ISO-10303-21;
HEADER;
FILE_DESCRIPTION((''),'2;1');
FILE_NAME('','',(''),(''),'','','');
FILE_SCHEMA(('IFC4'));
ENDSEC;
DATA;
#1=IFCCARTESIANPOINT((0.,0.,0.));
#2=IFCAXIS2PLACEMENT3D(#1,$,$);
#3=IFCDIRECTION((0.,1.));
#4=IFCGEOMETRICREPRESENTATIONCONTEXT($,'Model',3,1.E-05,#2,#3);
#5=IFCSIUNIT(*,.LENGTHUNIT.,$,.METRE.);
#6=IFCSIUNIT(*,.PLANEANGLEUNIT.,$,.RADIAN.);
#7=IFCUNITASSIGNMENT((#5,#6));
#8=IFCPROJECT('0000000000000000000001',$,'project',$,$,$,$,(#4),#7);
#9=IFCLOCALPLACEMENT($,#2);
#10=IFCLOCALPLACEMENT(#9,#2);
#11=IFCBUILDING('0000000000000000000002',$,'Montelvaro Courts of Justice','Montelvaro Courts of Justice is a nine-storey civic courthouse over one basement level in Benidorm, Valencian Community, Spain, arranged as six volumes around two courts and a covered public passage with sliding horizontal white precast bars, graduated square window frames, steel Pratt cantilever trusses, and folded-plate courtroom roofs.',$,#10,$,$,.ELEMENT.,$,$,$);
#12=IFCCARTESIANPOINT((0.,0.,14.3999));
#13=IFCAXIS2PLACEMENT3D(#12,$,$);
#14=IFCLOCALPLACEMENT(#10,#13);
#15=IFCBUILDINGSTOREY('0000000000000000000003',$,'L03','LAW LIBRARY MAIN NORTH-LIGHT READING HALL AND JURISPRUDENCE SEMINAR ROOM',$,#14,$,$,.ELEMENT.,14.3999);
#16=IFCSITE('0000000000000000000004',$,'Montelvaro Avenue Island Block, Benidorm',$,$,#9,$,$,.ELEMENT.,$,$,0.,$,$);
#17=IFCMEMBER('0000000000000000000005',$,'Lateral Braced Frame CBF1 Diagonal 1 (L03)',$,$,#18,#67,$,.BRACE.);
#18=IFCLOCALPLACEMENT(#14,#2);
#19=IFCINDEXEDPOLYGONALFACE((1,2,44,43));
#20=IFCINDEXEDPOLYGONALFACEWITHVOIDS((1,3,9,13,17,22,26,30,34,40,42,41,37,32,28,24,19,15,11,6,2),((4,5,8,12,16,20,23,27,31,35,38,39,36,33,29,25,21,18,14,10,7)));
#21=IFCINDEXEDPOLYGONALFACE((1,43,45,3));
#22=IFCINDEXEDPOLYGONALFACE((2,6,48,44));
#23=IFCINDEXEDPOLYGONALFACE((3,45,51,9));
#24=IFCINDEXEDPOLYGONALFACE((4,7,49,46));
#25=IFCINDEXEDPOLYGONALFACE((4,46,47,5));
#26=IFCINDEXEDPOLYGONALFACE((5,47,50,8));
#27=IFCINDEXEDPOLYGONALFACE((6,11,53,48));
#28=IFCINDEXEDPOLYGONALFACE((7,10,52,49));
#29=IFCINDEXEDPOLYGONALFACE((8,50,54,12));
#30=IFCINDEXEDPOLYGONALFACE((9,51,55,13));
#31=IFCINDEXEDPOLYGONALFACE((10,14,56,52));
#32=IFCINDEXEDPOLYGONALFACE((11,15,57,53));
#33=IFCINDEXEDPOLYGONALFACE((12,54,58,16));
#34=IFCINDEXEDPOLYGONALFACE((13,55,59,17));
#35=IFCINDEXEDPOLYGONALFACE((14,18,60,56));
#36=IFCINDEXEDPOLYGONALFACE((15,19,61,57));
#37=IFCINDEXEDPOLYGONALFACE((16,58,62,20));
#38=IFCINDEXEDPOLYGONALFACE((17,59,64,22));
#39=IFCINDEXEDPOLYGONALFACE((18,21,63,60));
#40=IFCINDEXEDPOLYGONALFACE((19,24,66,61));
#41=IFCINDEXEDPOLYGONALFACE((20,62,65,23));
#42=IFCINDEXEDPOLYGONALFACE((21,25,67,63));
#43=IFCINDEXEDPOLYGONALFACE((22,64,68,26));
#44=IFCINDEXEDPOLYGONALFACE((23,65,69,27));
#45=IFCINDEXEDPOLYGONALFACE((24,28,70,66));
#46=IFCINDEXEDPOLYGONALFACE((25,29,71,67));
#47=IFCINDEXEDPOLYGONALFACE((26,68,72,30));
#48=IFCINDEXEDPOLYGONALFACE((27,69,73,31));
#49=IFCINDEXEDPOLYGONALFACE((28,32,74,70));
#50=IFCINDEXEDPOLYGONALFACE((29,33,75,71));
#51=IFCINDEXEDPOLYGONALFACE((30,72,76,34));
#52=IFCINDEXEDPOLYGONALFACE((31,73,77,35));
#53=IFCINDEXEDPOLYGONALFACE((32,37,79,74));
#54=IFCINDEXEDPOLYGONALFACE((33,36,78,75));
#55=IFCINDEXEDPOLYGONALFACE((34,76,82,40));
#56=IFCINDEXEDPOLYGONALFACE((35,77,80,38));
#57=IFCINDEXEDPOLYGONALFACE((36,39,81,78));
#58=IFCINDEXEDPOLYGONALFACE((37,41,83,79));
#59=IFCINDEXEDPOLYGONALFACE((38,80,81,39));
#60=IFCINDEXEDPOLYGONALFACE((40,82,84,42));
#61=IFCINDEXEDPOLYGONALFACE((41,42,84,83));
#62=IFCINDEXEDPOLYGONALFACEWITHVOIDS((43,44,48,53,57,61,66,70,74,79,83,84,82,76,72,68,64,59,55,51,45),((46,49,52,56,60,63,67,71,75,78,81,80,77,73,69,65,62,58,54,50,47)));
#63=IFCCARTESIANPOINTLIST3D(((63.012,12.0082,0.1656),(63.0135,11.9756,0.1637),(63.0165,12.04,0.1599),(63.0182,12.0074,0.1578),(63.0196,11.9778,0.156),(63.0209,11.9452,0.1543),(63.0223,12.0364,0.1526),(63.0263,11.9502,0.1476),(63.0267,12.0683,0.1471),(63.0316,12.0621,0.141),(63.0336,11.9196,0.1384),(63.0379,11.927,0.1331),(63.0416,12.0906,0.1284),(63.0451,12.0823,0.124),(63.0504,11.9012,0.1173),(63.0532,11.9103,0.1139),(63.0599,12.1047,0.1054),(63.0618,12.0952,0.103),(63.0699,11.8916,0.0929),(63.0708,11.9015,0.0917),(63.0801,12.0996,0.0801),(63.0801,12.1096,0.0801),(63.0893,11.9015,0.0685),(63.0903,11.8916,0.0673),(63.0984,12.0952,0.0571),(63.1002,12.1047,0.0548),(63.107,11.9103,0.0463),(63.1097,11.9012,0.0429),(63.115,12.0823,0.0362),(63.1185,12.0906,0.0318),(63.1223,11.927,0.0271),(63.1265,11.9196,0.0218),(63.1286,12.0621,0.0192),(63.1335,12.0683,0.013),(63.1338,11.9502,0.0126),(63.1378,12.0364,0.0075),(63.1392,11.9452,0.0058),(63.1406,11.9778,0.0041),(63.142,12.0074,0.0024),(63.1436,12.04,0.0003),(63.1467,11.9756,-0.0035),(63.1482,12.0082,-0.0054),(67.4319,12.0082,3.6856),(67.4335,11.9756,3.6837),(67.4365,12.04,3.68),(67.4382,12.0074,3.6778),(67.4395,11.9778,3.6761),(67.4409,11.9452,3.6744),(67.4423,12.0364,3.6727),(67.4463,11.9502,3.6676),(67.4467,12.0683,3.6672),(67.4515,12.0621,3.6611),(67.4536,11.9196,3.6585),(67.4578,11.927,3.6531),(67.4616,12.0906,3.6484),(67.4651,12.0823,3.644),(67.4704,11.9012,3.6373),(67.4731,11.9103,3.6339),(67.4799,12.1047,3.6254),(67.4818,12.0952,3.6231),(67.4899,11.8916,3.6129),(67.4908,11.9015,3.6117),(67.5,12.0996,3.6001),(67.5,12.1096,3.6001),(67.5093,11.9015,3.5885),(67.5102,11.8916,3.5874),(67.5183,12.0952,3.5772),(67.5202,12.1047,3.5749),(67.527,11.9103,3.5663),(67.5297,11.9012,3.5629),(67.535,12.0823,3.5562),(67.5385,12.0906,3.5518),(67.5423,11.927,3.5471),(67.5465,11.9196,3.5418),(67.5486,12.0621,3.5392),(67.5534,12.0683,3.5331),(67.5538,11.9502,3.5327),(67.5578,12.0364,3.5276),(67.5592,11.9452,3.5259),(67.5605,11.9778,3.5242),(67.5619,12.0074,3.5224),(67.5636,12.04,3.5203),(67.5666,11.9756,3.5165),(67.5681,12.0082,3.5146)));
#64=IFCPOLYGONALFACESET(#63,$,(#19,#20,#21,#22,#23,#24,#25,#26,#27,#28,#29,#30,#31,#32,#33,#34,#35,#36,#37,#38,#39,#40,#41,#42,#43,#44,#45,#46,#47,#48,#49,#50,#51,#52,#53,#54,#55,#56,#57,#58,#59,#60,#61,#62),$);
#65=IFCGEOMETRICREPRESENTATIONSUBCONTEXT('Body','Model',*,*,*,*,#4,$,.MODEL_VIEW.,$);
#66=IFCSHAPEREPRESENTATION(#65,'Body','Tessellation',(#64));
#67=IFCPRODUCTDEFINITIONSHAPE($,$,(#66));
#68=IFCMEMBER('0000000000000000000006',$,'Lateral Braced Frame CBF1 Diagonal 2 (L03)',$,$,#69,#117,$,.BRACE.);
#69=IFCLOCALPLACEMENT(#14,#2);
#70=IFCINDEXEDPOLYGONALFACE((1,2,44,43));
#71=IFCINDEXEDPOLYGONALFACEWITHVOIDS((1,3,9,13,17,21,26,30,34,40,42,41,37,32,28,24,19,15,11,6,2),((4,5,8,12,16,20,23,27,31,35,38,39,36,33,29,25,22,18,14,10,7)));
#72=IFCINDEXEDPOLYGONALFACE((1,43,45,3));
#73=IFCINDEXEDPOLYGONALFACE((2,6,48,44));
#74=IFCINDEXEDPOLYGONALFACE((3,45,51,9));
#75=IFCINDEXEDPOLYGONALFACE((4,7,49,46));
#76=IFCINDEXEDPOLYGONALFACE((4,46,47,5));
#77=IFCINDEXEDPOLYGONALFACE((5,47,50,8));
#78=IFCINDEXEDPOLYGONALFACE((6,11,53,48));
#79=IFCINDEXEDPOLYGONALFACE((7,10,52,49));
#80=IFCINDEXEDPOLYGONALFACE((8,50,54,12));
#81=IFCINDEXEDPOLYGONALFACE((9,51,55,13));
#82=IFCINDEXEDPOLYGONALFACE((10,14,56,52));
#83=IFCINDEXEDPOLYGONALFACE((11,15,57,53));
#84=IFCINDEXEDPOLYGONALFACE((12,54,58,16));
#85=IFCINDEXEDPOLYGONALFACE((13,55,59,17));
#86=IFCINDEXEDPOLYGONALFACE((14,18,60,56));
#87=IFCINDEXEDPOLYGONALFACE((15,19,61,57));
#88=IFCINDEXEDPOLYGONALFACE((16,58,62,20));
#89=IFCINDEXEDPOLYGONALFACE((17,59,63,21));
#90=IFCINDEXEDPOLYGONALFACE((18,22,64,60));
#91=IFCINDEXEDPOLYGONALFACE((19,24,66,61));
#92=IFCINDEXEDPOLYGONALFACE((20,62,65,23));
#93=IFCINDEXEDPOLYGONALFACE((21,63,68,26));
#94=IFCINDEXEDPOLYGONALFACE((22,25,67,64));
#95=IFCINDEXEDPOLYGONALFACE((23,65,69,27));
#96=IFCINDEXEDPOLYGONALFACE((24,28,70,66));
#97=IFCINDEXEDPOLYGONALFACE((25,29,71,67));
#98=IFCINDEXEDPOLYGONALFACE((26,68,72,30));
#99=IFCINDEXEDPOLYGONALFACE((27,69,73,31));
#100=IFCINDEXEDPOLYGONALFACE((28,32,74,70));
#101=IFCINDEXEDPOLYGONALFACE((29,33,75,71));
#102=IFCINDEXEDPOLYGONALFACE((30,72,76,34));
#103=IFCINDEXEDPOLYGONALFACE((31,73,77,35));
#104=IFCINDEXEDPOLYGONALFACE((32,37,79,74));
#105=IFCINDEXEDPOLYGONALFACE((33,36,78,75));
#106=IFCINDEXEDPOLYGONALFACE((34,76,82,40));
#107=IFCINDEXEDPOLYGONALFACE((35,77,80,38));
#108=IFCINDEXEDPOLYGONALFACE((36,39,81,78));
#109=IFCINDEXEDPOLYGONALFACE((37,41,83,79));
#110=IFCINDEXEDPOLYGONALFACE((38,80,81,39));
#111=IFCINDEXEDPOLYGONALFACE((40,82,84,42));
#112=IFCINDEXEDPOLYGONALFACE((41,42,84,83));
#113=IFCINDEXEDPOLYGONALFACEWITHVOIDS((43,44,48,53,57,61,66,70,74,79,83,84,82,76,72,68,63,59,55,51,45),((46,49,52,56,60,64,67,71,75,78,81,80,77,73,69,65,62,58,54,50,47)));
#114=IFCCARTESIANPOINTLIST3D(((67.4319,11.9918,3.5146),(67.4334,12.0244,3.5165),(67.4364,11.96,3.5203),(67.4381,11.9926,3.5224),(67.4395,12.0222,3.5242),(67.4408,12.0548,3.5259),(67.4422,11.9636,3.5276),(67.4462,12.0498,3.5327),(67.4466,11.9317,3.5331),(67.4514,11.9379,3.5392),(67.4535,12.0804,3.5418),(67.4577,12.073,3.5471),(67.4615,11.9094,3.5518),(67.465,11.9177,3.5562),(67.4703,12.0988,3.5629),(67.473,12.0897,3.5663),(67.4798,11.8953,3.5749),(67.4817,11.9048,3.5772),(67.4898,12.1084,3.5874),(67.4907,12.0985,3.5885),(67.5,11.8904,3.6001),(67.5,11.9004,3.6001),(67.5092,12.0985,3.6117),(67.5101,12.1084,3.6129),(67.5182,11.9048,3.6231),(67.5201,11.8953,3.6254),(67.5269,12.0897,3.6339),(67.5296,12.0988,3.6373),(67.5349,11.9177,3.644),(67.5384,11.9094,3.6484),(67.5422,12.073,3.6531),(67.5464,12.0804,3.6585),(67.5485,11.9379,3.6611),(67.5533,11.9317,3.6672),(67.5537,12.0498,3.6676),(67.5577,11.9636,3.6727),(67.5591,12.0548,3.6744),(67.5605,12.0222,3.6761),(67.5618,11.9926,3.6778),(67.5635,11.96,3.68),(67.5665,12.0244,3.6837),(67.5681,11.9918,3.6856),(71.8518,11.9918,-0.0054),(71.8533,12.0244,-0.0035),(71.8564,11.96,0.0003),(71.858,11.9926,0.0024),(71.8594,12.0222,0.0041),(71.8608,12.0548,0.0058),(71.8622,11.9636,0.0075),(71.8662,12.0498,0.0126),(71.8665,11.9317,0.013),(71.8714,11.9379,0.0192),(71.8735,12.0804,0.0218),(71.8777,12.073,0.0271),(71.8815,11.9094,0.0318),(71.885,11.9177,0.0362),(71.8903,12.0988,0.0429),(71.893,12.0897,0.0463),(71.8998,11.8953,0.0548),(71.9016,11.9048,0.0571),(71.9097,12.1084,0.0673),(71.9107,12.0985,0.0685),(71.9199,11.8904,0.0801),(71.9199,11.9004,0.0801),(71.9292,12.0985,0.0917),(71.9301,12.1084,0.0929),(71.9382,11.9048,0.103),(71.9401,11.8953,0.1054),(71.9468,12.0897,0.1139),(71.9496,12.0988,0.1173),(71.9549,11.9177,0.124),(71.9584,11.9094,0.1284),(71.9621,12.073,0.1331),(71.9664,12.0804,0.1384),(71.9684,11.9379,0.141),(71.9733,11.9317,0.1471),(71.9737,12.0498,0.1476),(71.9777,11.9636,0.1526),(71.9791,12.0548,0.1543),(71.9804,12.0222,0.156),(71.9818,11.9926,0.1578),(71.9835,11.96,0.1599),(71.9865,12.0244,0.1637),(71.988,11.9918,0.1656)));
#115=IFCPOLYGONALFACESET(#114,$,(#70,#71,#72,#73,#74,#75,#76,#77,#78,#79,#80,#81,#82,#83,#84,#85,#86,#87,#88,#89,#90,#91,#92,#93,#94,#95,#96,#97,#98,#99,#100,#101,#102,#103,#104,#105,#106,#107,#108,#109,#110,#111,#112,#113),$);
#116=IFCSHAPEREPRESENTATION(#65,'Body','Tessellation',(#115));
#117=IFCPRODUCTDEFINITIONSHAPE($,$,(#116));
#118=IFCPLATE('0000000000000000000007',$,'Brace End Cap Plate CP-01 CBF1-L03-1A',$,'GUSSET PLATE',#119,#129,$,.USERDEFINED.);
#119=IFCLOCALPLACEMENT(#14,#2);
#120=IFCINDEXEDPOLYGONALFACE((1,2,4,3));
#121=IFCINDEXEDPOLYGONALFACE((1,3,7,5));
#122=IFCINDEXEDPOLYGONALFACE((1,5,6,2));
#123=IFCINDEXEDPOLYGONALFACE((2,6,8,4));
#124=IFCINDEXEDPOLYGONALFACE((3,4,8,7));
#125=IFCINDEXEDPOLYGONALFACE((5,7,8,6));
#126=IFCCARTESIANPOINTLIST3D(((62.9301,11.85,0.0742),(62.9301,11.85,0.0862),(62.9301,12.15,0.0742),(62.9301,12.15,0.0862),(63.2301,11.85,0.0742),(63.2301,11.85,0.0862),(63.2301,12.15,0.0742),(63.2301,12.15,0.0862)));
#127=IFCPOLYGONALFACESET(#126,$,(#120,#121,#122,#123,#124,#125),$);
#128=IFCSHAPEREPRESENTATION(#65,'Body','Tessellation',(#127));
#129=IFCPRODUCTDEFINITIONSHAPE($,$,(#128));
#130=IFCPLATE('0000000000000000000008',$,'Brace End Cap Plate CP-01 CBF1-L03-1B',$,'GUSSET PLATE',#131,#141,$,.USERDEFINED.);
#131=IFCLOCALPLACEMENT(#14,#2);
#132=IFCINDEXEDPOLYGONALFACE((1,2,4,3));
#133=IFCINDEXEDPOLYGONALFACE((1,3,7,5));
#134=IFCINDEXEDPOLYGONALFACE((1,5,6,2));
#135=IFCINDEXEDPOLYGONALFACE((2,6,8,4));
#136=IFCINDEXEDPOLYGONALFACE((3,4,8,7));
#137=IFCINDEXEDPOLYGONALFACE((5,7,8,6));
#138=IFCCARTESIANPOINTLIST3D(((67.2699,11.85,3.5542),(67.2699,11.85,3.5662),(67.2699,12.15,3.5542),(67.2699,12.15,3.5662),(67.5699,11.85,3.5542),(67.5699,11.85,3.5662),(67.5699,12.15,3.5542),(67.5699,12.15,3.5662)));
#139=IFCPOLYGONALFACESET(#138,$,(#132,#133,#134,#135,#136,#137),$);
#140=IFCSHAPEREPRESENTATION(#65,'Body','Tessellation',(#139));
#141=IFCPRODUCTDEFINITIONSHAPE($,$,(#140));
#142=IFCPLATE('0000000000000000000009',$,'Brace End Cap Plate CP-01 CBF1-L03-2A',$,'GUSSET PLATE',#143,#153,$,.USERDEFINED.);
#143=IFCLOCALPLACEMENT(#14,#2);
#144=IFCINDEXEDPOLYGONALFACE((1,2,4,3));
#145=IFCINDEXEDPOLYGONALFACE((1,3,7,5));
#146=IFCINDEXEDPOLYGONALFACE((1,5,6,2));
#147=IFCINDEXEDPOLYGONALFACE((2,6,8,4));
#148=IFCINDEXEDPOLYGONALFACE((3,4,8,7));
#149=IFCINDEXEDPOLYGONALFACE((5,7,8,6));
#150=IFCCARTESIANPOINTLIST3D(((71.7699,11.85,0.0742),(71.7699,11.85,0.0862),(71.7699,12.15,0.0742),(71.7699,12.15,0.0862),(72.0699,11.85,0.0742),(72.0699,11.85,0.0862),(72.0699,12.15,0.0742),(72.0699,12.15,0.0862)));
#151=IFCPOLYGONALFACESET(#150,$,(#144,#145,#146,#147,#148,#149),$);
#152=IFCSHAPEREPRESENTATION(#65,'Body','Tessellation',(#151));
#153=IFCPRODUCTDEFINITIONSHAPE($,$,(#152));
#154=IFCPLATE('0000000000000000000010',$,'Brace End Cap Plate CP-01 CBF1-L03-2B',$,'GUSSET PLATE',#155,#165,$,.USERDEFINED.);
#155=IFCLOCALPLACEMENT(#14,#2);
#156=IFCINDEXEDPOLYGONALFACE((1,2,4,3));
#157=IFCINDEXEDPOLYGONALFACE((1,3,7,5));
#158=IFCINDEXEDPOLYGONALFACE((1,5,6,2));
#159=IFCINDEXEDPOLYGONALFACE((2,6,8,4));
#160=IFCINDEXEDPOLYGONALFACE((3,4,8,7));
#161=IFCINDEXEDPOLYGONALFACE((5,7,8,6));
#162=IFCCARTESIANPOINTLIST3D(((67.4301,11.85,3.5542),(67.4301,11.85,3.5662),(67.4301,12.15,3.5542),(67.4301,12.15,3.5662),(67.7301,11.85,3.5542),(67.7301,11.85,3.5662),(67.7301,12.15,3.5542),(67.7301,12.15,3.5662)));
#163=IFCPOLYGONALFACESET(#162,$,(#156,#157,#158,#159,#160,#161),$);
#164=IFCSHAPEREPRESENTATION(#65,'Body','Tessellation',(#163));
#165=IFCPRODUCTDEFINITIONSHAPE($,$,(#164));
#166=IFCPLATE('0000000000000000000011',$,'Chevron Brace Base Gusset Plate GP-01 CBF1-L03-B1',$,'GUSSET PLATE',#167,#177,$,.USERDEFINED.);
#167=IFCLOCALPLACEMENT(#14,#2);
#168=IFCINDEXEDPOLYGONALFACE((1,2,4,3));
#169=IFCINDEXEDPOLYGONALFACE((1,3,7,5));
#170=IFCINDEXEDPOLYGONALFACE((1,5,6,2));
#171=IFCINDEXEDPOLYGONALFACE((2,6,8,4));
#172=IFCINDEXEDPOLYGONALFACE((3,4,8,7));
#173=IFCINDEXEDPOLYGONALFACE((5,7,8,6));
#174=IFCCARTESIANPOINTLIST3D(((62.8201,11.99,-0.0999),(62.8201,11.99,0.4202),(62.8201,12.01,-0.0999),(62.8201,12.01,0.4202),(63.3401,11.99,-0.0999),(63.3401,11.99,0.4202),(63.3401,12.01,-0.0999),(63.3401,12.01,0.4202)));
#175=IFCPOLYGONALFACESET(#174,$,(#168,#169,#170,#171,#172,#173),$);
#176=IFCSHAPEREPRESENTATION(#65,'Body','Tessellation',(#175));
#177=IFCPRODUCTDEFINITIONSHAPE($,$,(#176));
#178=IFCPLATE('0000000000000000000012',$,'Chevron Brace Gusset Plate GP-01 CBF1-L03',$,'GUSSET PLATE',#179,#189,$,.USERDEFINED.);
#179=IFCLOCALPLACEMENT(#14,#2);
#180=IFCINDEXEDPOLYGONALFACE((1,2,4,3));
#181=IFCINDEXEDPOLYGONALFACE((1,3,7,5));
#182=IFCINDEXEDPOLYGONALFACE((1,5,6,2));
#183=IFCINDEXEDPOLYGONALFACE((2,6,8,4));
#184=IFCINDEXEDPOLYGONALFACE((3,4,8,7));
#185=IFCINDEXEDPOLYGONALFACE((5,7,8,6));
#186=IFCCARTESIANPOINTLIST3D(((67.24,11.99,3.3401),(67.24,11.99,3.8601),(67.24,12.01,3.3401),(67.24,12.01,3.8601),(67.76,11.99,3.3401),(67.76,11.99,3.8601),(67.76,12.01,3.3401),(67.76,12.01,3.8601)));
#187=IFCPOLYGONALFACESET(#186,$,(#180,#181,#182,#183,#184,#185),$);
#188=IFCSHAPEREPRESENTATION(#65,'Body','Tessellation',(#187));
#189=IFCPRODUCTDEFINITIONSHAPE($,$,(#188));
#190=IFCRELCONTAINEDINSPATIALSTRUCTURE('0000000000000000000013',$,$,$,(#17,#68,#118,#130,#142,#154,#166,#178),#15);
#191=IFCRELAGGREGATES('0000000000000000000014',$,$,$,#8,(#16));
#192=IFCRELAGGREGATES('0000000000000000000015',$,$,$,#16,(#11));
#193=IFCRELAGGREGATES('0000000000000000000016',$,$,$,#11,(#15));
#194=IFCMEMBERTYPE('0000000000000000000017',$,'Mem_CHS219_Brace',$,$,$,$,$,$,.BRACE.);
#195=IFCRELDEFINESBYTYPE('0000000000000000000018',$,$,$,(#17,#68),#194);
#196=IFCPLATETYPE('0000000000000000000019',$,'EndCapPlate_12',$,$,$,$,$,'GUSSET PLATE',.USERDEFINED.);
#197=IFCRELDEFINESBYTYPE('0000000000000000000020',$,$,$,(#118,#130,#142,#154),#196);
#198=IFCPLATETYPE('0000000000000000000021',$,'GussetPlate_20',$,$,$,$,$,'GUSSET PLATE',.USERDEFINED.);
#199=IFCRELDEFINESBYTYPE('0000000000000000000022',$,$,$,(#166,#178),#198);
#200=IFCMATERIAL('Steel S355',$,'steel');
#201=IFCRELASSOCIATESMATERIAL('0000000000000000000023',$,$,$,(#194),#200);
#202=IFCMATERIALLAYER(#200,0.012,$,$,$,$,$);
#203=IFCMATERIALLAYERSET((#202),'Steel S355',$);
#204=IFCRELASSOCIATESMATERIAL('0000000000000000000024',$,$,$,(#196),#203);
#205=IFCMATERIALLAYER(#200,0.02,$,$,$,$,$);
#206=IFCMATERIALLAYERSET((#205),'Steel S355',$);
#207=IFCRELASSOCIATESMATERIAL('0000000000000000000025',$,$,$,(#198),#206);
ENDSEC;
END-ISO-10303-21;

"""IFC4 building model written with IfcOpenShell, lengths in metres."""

from ifc_helpers import new_model, si_unit, direction, frame, origin, origin_2d, place, context, subcontext, project, spatial, rectangle, hollow_circle, extrude, material, layer, layer_set, material_profile, profile_set, type_object, element, save


model = new_model("IFC4")

# Units and contexts
model_context = context("Model", 3, precision=1e-05, world=origin(), true_north=direction((0.0, 1.0)))
body_context = subcontext(model_context, "Body", "Model", "MODEL_VIEW")
ifc_project = project(units=[si_unit("LENGTHUNIT", "METRE"), si_unit("PLANEANGLEUNIT", "RADIAN")], contexts=[model_context])

# Site, building, storey
site_placement = place(None, origin())
site = spatial("IfcSite", under=ifc_project, at=site_placement, Name="Montelvaro Avenue Island Block, Benidorm", CompositionType="ELEMENT", RefElevation=0.0)
building_placement = place(site_placement, origin())
building = spatial("IfcBuilding", under=site, at=building_placement, Name="Montelvaro Courts of Justice", Description="Montelvaro Courts of Justice is a nine-storey civic courthouse over one basement level in Benidorm, Valencian Community, Spain, arranged as six volumes around two courts and a covered public passage with sliding horizontal white precast bars, graduated square window frames, steel Pratt cantilever trusses, and folded-plate courtroom roofs.", CompositionType="ELEMENT")
storey_placement = place(building_placement, frame((0.0, 0.0, 14.3999)))
storey = spatial("IfcBuildingStorey", under=building, at=storey_placement, Name="L03", Description="LAW LIBRARY MAIN NORTH-LIGHT READING HALL AND JURISPRUDENCE SEMINAR ROOM", CompositionType="ELEMENT", Elevation=14.3999)

# Shared definitions
ifc_material_1 = material(Name="Steel S355", Category="steel")

# Members
ifc_material_profile_1 = material_profile(ifc_material_1, hollow_circle(Radius=0.1096, WallThickness=0.01, at=origin_2d()), Name="CHS 219.1x10")
ifc_profile_set_1 = profile_set([ifc_material_profile_1], Name="Steel S355")
member_type = type_object("IfcMemberType", Name="Mem_CHS219_Brace", PredefinedType="BRACE", material=ifc_profile_set_1)
for number, where, z_axis, x_axis, name in (
    (1, (63.0801, 12.0, 0.0801), (0.782241, 0.0, 0.622976), (0.0, 1.0, 0.0), "Lateral Braced Frame CBF1 Diagonal 1 (L03)"),
    (2, (71.9199, 12.0, 0.0801), (-0.782241, 0.0, 0.622976), (0.0, -1.0, 0.0), "Lateral Braced Frame CBF1 Diagonal 2 (L03)"),
):
    element("IfcMember", number, at=place(storey_placement, frame(where, z_axis=z_axis, x_axis=x_axis)), inside=storey, type_object=member_type, Name=name, PredefinedType="BRACE", context=body_context, shape_type="SweptSolid", body=[
        extrude(hollow_circle(Radius=0.1096, WallThickness=0.01, at=origin_2d()), origin(), (0.0, 0.0, 1.0), 5.6504),
    ])

# Plates
ifc_layer_1 = layer(ifc_material_1, 0.012)
ifc_layer_set_1 = layer_set([ifc_layer_1], Name="Steel S355")
plate_type_1 = type_object("IfcPlateType", Name="EndCapPlate_12", ElementType="GUSSET PLATE", PredefinedType="USERDEFINED", material=ifc_layer_set_1)
for number, where, z_axis, x_axis, name in (
    (3, (63.0801, 12.0, 0.0742), (0.0, 0.0, 1.0), (1.0, 0.0, 0.0), "Brace End Cap Plate CP-01 CBF1-L03-1A"),
    (4, (67.4199, 12.0, 3.5542), (0.0, 0.0, 1.0), (1.0, 0.0, 0.0), "Brace End Cap Plate CP-01 CBF1-L03-1B"),
    (5, (71.9199, 12.0, 0.0742), (0.0, 0.0, 1.0), (1.0, 0.0, 0.0), "Brace End Cap Plate CP-01 CBF1-L03-2A"),
    (6, (67.5801, 12.0, 3.5542), (0.0, 0.0, 1.0), (1.0, 0.0, 0.0), "Brace End Cap Plate CP-01 CBF1-L03-2B"),
):
    element("IfcPlate", number, at=place(storey_placement, frame(where, z_axis=z_axis, x_axis=x_axis)), inside=storey, type_object=plate_type_1, Name=name, ObjectType="GUSSET PLATE", PredefinedType="USERDEFINED", context=body_context, shape_type="SweptSolid", body=[
        extrude(rectangle(XDim=0.3, YDim=0.3, at=origin_2d()), origin(), (0.0, 0.0, 1.0), 0.012),
    ])
ifc_layer_2 = layer(ifc_material_1, 0.02)
ifc_layer_set_2 = layer_set([ifc_layer_2], Name="Steel S355")
plate_type_2 = type_object("IfcPlateType", Name="GussetPlate_20", ElementType="GUSSET PLATE", PredefinedType="USERDEFINED", material=ifc_layer_set_2)
for number, where, z_axis, x_axis, name in (
    (7, (63.0801, 12.0, -0.0999), (0.0, 0.0, 1.0), (1.0, 0.0, 0.0), "Chevron Brace Base Gusset Plate GP-01 CBF1-L03-B1"),
    (8, (67.5, 12.0, 3.3401), (0.0, 0.0, 1.0), (1.0, 0.0, 0.0), "Chevron Brace Gusset Plate GP-01 CBF1-L03"),
):
    element("IfcPlate", number, at=place(storey_placement, frame(where, z_axis=z_axis, x_axis=x_axis)), inside=storey, type_object=plate_type_2, Name=name, ObjectType="GUSSET PLATE", PredefinedType="USERDEFINED", context=body_context, shape_type="SweptSolid", body=[
        extrude(rectangle(XDim=0.52, YDim=0.02, at=origin_2d()), origin(), (0.0, 0.0, 1.0), 0.52),
    ])

save(model, "model.ifc")
